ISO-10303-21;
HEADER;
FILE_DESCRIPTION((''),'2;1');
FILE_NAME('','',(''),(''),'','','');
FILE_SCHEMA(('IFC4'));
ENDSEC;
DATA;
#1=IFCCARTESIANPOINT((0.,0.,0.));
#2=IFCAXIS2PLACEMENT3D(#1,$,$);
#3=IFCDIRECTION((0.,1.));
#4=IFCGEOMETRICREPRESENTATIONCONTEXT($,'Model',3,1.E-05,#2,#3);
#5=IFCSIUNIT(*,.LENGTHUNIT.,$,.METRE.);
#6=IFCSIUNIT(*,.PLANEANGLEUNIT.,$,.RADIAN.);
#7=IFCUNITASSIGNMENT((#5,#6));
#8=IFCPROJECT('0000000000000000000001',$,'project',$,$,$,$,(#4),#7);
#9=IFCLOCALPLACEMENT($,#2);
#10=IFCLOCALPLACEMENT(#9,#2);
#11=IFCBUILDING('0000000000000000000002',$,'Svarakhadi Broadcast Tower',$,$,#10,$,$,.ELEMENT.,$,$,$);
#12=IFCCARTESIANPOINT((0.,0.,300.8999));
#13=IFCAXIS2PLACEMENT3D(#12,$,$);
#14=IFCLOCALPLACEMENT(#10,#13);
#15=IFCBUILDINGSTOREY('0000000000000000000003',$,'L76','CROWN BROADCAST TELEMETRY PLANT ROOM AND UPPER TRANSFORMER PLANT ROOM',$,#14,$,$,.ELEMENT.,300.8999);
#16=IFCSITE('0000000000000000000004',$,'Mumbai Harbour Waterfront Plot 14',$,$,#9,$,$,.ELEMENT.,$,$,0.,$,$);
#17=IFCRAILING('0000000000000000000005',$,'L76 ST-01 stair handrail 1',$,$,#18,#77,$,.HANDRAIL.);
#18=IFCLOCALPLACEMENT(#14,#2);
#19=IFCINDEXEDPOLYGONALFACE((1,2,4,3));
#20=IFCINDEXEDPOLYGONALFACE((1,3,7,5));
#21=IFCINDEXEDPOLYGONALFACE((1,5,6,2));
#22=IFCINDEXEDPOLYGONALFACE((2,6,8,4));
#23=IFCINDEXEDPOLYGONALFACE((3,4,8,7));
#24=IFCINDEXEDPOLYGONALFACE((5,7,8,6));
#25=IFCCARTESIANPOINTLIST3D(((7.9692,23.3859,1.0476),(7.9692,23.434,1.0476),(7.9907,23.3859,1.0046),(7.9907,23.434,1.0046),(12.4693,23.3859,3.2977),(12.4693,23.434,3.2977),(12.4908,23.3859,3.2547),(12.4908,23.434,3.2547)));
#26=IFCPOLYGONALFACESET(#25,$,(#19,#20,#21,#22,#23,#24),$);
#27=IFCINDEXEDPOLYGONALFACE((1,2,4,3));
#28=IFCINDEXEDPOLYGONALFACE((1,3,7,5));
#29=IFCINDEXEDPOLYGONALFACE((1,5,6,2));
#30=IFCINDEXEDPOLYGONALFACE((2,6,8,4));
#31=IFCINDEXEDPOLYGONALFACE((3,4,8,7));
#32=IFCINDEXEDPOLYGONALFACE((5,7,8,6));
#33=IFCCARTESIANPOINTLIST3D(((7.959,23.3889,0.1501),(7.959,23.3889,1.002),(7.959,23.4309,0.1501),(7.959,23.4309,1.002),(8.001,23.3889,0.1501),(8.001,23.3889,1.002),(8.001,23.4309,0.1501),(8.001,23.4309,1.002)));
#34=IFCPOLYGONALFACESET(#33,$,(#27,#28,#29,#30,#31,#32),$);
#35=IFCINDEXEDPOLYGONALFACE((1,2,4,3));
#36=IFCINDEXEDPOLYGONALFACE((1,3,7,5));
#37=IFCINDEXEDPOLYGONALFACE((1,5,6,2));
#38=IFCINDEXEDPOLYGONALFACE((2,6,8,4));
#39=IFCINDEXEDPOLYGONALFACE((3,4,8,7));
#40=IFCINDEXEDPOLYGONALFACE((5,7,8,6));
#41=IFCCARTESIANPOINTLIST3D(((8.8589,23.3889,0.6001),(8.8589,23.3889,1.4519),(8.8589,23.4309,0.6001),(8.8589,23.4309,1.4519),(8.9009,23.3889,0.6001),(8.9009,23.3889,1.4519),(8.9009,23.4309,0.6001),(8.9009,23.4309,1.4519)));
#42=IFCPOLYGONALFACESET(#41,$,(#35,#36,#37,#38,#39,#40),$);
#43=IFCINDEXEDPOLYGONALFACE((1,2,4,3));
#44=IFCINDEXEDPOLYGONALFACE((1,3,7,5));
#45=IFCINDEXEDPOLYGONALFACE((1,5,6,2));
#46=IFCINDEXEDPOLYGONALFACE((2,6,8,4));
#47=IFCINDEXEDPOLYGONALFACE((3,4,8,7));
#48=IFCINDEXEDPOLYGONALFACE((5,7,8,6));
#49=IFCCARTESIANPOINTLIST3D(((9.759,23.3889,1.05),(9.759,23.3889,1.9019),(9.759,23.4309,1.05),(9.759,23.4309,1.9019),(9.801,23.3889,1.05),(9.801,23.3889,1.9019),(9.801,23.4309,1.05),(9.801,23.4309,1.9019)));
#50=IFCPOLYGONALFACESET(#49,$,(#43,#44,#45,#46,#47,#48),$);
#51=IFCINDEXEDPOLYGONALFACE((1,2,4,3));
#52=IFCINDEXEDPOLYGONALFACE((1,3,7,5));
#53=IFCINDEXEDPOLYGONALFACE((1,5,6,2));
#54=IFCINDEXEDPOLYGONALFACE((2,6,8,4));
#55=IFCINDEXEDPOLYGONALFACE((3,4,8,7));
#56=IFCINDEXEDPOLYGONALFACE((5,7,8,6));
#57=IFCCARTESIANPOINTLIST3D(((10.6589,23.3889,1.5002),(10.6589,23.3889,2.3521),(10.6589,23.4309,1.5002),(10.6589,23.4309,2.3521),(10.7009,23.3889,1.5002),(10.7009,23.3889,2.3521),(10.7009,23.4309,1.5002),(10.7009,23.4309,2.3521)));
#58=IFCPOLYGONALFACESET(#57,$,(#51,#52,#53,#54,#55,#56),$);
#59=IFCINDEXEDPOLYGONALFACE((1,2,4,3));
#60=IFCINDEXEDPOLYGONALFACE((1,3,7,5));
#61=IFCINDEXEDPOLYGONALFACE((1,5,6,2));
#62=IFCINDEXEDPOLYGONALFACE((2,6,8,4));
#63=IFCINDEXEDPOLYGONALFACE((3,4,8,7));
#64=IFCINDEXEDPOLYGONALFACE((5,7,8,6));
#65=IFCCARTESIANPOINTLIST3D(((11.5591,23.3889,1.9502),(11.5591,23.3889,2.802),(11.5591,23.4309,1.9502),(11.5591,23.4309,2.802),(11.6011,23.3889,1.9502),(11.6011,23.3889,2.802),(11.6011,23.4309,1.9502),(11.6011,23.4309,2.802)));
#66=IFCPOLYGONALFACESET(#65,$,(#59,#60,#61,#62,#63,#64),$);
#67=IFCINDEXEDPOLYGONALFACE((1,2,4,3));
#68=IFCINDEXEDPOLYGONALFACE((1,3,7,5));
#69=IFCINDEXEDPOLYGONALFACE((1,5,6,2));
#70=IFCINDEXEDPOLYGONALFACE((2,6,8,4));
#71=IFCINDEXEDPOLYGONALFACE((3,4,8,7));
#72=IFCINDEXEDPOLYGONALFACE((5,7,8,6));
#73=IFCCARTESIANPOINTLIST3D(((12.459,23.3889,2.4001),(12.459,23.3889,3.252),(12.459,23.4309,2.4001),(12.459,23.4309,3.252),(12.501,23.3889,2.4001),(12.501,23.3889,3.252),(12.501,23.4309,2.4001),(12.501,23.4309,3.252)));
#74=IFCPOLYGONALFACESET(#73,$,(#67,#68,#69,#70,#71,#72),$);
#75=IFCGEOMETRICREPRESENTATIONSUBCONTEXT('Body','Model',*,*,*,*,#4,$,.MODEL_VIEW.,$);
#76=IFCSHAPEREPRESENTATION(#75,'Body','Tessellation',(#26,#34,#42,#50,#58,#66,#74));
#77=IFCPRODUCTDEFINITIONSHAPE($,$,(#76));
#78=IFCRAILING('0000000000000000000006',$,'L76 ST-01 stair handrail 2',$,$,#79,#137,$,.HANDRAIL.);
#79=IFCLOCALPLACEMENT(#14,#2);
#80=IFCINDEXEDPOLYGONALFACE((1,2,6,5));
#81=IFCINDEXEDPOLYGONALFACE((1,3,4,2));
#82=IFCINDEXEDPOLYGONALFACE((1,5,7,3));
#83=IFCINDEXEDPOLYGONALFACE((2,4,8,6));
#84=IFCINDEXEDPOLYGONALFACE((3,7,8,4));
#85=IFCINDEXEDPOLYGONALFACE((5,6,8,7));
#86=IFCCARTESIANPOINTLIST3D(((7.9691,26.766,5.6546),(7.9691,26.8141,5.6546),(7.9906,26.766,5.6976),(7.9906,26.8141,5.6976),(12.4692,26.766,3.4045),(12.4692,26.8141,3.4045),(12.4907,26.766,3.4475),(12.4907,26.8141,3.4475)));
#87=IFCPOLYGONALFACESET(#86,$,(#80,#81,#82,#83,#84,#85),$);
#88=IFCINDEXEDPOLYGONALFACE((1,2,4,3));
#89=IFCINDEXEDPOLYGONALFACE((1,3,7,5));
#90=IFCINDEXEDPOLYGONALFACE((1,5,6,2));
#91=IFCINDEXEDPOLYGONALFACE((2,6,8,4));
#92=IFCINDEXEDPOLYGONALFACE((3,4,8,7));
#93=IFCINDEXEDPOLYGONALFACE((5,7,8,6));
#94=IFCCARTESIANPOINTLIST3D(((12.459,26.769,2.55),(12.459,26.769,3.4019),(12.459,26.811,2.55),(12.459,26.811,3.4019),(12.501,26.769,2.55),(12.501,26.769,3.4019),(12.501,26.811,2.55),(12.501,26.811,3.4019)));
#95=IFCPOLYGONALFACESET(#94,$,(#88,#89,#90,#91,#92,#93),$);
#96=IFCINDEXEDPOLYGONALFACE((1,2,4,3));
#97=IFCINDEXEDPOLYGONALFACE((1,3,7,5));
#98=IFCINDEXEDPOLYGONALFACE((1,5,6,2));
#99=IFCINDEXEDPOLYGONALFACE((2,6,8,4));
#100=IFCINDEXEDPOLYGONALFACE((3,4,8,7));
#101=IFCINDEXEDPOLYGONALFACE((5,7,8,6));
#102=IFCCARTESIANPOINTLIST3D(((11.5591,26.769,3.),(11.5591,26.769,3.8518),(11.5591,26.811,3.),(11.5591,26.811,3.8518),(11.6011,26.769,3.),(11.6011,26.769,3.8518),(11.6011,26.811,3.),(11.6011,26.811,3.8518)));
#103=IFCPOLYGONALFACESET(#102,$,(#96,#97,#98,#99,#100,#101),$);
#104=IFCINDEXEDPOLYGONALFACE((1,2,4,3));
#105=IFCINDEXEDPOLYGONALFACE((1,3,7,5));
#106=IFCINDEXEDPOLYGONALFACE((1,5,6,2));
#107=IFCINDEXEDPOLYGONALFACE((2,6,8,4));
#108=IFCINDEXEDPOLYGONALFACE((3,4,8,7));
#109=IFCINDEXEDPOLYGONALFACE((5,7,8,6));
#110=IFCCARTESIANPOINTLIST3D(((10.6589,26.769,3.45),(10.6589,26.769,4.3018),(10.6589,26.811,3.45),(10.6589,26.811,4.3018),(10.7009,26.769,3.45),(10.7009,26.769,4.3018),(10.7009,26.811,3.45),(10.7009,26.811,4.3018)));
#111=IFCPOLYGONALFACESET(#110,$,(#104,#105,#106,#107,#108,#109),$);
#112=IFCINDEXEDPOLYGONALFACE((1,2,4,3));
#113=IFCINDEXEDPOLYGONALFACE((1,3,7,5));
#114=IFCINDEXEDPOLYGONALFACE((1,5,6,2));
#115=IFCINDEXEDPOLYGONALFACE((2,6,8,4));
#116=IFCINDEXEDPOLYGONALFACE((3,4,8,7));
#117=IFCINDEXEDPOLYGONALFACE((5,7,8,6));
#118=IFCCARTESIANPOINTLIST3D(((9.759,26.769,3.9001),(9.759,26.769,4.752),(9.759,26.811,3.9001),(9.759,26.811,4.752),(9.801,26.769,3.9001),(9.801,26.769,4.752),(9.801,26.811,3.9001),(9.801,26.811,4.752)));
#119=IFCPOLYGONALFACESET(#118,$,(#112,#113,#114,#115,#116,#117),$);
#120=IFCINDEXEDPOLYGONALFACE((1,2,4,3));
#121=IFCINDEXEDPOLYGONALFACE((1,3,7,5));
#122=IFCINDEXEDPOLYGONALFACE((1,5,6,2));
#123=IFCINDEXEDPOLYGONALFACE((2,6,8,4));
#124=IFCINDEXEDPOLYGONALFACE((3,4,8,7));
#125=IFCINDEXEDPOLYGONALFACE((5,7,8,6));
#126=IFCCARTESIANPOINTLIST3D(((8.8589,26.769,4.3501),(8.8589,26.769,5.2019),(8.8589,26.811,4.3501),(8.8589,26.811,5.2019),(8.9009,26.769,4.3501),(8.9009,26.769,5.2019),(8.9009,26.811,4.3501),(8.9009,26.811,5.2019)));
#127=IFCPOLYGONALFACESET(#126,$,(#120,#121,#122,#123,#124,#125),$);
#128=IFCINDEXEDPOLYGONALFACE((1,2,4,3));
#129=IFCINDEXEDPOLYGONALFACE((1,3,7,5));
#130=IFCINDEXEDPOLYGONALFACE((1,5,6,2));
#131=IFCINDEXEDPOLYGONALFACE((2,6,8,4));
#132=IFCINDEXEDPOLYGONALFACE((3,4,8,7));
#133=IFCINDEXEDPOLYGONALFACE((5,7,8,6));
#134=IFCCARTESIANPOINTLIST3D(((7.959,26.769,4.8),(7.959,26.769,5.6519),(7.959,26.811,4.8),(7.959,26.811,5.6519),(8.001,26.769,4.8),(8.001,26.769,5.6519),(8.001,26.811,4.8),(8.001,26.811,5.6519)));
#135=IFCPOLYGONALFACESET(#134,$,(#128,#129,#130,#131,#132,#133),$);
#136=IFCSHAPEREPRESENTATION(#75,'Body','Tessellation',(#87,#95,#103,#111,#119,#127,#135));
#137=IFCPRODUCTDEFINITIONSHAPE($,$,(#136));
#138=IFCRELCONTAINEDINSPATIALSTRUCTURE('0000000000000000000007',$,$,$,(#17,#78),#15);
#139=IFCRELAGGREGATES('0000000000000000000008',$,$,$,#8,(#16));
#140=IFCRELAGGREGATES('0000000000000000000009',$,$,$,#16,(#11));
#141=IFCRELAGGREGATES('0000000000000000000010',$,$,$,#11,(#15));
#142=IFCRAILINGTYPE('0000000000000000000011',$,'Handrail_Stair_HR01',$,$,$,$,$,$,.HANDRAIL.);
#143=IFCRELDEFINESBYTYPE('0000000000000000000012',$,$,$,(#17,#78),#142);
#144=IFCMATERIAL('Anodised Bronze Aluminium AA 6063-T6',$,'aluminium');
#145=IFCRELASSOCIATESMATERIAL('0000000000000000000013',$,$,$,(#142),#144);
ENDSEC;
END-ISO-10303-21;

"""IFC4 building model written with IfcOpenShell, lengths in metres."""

from ifc_helpers import new_model, si_unit, direction, frame, origin, origin_2d, place, context, subcontext, project, spatial, rectangle, extrude, material, type_object, element, save


model = new_model("IFC4")

# Units and contexts
model_context = context("Model", 3, precision=1e-05, world=origin(), true_north=direction((0.0, 1.0)))
body_context = subcontext(model_context, "Body", "Model", "MODEL_VIEW")
ifc_project = project(units=[si_unit("LENGTHUNIT", "METRE"), si_unit("PLANEANGLEUNIT", "RADIAN")], contexts=[model_context])

# Site, building, storey
site_placement = place(None, origin())
site = spatial("IfcSite", under=ifc_project, at=site_placement, Name="Mumbai Harbour Waterfront Plot 14", CompositionType="ELEMENT", RefElevation=0.0)
building_placement = place(site_placement, origin())
building = spatial("IfcBuilding", under=site, at=building_placement, Name="Svarakhadi Broadcast Tower", CompositionType="ELEMENT")
storey_placement = place(building_placement, frame((0.0, 0.0, 300.8999)))
storey = spatial("IfcBuildingStorey", under=building, at=storey_placement, Name="L76", Description="CROWN BROADCAST TELEMETRY PLANT ROOM AND UPPER TRANSFORMER PLANT ROOM", CompositionType="ELEMENT", Elevation=300.8999)

# Railings
ifc_material_1 = material(Name="Anodised Bronze Aluminium AA 6063-T6", Category="aluminium")
railing_type_1 = type_object("IfcRailingType", Name="Handrail_Stair_HR01", PredefinedType="HANDRAIL", material=ifc_material_1)
railing_1_placement = place(storey_placement, frame((7.98, 23.4099, 0.1501)))
element("IfcRailing", 1, at=railing_1_placement, inside=storey, type_object=railing_type_1, Name="L76 ST-01 stair handrail 1", PredefinedType="HANDRAIL", context=body_context, shape_type="SweptSolid", body=[
    extrude(rectangle(XDim=0.0481, YDim=0.0481, at=origin_2d()), frame((0.0, 0.0, 0.876), z_axis=(0.894427, 0.0, 0.447214), x_axis=(0.0, 1.0, 0.0)), (0.0, 0.0, 1.0), 5.0312),
    extrude(rectangle(XDim=0.042, YDim=0.042, at=origin_2d()), origin(), (0.0, 0.0, 1.0), 0.8518),
    extrude(rectangle(XDim=0.042, YDim=0.042, at=origin_2d()), frame((0.8999, 0.0, 0.45)), (0.0, 0.0, 1.0), 0.8518),
    extrude(rectangle(XDim=0.042, YDim=0.042, at=origin_2d()), frame((1.8, 0.0, 0.8999)), (0.0, 0.0, 1.0), 0.8518),
    extrude(rectangle(XDim=0.042, YDim=0.042, at=origin_2d()), frame((2.7, 0.0, 1.3501)), (0.0, 0.0, 1.0), 0.8518),
    extrude(rectangle(XDim=0.042, YDim=0.042, at=origin_2d()), frame((3.6001, 0.0, 1.8)), (0.0, 0.0, 1.0), 0.8518),
    extrude(rectangle(XDim=0.042, YDim=0.042, at=origin_2d()), frame((4.5, 0.0, 2.25)), (0.0, 0.0, 1.0), 0.8518),
])
railing_2_placement = place(storey_placement, frame((12.48, 26.79, 2.55)))
element("IfcRailing", 2, at=railing_2_placement, inside=storey, type_object=railing_type_1, Name="L76 ST-01 stair handrail 2", PredefinedType="HANDRAIL", context=body_context, shape_type="SweptSolid", body=[
    extrude(rectangle(XDim=0.0481, YDim=0.0481, at=origin_2d()), frame((0.0, 0.0, 0.876), z_axis=(-0.894427, 0.0, 0.447214), x_axis=(0.0, -1.0, 0.0)), (0.0, 0.0, 1.0), 5.0312),
    extrude(rectangle(XDim=0.042, YDim=0.042, at=origin_2d()), origin(), (0.0, 0.0, 1.0), 0.8518),
    extrude(rectangle(XDim=0.042, YDim=0.042, at=origin_2d()), frame((-0.8999, 0.0, 0.45)), (0.0, 0.0, 1.0), 0.8518),
    extrude(rectangle(XDim=0.042, YDim=0.042, at=origin_2d()), frame((-1.8, 0.0, 0.8999)), (0.0, 0.0, 1.0), 0.8518),
    extrude(rectangle(XDim=0.042, YDim=0.042, at=origin_2d()), frame((-2.7, 0.0, 1.3501)), (0.0, 0.0, 1.0), 0.8518),
    extrude(rectangle(XDim=0.042, YDim=0.042, at=origin_2d()), frame((-3.6001, 0.0, 1.8)), (0.0, 0.0, 1.0), 0.8518),
    extrude(rectangle(XDim=0.042, YDim=0.042, at=origin_2d()), frame((-4.5, 0.0, 2.25)), (0.0, 0.0, 1.0), 0.8518),
])

save(model, "model.ifc")
